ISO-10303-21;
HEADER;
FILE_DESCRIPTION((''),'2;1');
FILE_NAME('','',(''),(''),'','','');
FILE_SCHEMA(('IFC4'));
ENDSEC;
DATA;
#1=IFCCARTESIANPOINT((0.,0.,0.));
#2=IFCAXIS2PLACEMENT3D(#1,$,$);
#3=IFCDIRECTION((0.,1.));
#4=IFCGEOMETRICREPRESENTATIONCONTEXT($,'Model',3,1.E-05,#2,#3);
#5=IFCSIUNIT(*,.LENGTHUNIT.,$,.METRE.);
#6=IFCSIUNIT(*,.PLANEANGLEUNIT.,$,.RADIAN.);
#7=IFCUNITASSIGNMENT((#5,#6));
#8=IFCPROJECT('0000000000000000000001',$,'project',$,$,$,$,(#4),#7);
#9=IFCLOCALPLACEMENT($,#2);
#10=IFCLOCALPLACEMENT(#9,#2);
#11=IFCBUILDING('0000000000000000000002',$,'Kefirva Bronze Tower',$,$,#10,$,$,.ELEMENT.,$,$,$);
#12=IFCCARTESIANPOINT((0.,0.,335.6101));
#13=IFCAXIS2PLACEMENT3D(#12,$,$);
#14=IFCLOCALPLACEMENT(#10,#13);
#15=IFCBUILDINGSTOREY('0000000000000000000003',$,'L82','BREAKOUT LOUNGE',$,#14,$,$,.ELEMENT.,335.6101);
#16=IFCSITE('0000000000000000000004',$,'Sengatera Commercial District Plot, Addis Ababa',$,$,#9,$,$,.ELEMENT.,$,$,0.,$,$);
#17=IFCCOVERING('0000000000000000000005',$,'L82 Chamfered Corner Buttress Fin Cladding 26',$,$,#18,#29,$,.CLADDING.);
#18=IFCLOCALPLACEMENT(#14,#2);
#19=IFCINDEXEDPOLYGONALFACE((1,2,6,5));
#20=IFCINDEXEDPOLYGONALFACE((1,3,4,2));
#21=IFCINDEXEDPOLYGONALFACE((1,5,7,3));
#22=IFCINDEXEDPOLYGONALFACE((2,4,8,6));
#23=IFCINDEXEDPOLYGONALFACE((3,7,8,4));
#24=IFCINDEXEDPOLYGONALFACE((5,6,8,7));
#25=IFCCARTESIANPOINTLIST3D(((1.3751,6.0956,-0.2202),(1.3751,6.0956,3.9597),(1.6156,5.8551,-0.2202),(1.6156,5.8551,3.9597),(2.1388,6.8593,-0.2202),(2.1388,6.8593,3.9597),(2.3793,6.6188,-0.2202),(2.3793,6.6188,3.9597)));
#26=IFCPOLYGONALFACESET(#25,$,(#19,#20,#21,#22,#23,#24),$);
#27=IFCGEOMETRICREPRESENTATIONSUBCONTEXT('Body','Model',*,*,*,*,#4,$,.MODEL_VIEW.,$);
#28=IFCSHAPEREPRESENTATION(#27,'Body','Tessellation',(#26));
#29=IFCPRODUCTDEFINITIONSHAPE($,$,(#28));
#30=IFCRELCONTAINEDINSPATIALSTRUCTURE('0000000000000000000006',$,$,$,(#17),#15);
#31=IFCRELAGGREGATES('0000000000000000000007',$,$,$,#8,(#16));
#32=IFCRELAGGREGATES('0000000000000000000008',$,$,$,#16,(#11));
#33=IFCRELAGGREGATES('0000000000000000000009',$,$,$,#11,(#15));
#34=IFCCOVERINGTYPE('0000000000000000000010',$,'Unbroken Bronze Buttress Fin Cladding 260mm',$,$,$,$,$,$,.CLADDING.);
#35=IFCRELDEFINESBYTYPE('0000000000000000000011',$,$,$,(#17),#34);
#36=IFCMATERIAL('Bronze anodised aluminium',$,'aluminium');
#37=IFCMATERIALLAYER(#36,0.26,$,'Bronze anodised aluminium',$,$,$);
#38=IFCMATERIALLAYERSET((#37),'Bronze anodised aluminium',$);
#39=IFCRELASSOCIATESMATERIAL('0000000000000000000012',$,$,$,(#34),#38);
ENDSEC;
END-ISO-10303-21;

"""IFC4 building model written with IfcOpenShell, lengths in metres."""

from ifc_helpers import new_model, si_unit, direction, frame, origin, origin_2d, place, context, subcontext, project, spatial, rectangle, extrude, material, layer, layer_set, type_object, element, save


model = new_model("IFC4")

# Units and contexts
model_context = context("Model", 3, precision=1e-05, world=origin(), true_north=direction((0.0, 1.0)))
body_context = subcontext(model_context, "Body", "Model", "MODEL_VIEW")
ifc_project = project(units=[si_unit("LENGTHUNIT", "METRE"), si_unit("PLANEANGLEUNIT", "RADIAN")], contexts=[model_context])

# Site, building, storey
site_placement = place(None, origin())
site = spatial("IfcSite", under=ifc_project, at=site_placement, Name="Sengatera Commercial District Plot, Addis Ababa", CompositionType="ELEMENT", RefElevation=0.0)
building_placement = place(site_placement, origin())
building = spatial("IfcBuilding", under=site, at=building_placement, Name="Kefirva Bronze Tower", CompositionType="ELEMENT")
storey_placement = place(building_placement, frame((0.0, 0.0, 335.6101)))
storey = spatial("IfcBuildingStorey", under=building, at=storey_placement, Name="L82", Description="BREAKOUT LOUNGE", CompositionType="ELEMENT", Elevation=335.6101)

# Shared definitions
ifc_material_1 = material(Name="Bronze anodised aluminium", Category="aluminium")

# Covering
ifc_layer_1 = layer(ifc_material_1, 0.26, Name="Bronze anodised aluminium")
ifc_layer_set_1 = layer_set([ifc_layer_1], Name="Bronze anodised aluminium")
covering_type_1 = type_object("IfcCoveringType", Name="Unbroken Bronze Buttress Fin Cladding 260mm", PredefinedType="CLADDING", material=ifc_layer_set_1)
covering_1_placement = place(storey_placement, frame((1.8772, 6.3572, -0.2202), z_axis=(0.0, 0.0, 1.0), x_axis=(0.707107, -0.707107, 0.0)))
element("IfcCovering", 1, at=covering_1_placement, inside=storey, type_object=covering_type_1, Name="L82 Chamfered Corner Buttress Fin Cladding 26", PredefinedType="CLADDING", context=body_context, shape_type="SweptSolid", body=[
    extrude(rectangle(XDim=0.3401, YDim=1.0801, at=origin_2d()), origin(), (0.0, 0.0, 1.0), 4.1799),
])

save(model, "model.ifc")
